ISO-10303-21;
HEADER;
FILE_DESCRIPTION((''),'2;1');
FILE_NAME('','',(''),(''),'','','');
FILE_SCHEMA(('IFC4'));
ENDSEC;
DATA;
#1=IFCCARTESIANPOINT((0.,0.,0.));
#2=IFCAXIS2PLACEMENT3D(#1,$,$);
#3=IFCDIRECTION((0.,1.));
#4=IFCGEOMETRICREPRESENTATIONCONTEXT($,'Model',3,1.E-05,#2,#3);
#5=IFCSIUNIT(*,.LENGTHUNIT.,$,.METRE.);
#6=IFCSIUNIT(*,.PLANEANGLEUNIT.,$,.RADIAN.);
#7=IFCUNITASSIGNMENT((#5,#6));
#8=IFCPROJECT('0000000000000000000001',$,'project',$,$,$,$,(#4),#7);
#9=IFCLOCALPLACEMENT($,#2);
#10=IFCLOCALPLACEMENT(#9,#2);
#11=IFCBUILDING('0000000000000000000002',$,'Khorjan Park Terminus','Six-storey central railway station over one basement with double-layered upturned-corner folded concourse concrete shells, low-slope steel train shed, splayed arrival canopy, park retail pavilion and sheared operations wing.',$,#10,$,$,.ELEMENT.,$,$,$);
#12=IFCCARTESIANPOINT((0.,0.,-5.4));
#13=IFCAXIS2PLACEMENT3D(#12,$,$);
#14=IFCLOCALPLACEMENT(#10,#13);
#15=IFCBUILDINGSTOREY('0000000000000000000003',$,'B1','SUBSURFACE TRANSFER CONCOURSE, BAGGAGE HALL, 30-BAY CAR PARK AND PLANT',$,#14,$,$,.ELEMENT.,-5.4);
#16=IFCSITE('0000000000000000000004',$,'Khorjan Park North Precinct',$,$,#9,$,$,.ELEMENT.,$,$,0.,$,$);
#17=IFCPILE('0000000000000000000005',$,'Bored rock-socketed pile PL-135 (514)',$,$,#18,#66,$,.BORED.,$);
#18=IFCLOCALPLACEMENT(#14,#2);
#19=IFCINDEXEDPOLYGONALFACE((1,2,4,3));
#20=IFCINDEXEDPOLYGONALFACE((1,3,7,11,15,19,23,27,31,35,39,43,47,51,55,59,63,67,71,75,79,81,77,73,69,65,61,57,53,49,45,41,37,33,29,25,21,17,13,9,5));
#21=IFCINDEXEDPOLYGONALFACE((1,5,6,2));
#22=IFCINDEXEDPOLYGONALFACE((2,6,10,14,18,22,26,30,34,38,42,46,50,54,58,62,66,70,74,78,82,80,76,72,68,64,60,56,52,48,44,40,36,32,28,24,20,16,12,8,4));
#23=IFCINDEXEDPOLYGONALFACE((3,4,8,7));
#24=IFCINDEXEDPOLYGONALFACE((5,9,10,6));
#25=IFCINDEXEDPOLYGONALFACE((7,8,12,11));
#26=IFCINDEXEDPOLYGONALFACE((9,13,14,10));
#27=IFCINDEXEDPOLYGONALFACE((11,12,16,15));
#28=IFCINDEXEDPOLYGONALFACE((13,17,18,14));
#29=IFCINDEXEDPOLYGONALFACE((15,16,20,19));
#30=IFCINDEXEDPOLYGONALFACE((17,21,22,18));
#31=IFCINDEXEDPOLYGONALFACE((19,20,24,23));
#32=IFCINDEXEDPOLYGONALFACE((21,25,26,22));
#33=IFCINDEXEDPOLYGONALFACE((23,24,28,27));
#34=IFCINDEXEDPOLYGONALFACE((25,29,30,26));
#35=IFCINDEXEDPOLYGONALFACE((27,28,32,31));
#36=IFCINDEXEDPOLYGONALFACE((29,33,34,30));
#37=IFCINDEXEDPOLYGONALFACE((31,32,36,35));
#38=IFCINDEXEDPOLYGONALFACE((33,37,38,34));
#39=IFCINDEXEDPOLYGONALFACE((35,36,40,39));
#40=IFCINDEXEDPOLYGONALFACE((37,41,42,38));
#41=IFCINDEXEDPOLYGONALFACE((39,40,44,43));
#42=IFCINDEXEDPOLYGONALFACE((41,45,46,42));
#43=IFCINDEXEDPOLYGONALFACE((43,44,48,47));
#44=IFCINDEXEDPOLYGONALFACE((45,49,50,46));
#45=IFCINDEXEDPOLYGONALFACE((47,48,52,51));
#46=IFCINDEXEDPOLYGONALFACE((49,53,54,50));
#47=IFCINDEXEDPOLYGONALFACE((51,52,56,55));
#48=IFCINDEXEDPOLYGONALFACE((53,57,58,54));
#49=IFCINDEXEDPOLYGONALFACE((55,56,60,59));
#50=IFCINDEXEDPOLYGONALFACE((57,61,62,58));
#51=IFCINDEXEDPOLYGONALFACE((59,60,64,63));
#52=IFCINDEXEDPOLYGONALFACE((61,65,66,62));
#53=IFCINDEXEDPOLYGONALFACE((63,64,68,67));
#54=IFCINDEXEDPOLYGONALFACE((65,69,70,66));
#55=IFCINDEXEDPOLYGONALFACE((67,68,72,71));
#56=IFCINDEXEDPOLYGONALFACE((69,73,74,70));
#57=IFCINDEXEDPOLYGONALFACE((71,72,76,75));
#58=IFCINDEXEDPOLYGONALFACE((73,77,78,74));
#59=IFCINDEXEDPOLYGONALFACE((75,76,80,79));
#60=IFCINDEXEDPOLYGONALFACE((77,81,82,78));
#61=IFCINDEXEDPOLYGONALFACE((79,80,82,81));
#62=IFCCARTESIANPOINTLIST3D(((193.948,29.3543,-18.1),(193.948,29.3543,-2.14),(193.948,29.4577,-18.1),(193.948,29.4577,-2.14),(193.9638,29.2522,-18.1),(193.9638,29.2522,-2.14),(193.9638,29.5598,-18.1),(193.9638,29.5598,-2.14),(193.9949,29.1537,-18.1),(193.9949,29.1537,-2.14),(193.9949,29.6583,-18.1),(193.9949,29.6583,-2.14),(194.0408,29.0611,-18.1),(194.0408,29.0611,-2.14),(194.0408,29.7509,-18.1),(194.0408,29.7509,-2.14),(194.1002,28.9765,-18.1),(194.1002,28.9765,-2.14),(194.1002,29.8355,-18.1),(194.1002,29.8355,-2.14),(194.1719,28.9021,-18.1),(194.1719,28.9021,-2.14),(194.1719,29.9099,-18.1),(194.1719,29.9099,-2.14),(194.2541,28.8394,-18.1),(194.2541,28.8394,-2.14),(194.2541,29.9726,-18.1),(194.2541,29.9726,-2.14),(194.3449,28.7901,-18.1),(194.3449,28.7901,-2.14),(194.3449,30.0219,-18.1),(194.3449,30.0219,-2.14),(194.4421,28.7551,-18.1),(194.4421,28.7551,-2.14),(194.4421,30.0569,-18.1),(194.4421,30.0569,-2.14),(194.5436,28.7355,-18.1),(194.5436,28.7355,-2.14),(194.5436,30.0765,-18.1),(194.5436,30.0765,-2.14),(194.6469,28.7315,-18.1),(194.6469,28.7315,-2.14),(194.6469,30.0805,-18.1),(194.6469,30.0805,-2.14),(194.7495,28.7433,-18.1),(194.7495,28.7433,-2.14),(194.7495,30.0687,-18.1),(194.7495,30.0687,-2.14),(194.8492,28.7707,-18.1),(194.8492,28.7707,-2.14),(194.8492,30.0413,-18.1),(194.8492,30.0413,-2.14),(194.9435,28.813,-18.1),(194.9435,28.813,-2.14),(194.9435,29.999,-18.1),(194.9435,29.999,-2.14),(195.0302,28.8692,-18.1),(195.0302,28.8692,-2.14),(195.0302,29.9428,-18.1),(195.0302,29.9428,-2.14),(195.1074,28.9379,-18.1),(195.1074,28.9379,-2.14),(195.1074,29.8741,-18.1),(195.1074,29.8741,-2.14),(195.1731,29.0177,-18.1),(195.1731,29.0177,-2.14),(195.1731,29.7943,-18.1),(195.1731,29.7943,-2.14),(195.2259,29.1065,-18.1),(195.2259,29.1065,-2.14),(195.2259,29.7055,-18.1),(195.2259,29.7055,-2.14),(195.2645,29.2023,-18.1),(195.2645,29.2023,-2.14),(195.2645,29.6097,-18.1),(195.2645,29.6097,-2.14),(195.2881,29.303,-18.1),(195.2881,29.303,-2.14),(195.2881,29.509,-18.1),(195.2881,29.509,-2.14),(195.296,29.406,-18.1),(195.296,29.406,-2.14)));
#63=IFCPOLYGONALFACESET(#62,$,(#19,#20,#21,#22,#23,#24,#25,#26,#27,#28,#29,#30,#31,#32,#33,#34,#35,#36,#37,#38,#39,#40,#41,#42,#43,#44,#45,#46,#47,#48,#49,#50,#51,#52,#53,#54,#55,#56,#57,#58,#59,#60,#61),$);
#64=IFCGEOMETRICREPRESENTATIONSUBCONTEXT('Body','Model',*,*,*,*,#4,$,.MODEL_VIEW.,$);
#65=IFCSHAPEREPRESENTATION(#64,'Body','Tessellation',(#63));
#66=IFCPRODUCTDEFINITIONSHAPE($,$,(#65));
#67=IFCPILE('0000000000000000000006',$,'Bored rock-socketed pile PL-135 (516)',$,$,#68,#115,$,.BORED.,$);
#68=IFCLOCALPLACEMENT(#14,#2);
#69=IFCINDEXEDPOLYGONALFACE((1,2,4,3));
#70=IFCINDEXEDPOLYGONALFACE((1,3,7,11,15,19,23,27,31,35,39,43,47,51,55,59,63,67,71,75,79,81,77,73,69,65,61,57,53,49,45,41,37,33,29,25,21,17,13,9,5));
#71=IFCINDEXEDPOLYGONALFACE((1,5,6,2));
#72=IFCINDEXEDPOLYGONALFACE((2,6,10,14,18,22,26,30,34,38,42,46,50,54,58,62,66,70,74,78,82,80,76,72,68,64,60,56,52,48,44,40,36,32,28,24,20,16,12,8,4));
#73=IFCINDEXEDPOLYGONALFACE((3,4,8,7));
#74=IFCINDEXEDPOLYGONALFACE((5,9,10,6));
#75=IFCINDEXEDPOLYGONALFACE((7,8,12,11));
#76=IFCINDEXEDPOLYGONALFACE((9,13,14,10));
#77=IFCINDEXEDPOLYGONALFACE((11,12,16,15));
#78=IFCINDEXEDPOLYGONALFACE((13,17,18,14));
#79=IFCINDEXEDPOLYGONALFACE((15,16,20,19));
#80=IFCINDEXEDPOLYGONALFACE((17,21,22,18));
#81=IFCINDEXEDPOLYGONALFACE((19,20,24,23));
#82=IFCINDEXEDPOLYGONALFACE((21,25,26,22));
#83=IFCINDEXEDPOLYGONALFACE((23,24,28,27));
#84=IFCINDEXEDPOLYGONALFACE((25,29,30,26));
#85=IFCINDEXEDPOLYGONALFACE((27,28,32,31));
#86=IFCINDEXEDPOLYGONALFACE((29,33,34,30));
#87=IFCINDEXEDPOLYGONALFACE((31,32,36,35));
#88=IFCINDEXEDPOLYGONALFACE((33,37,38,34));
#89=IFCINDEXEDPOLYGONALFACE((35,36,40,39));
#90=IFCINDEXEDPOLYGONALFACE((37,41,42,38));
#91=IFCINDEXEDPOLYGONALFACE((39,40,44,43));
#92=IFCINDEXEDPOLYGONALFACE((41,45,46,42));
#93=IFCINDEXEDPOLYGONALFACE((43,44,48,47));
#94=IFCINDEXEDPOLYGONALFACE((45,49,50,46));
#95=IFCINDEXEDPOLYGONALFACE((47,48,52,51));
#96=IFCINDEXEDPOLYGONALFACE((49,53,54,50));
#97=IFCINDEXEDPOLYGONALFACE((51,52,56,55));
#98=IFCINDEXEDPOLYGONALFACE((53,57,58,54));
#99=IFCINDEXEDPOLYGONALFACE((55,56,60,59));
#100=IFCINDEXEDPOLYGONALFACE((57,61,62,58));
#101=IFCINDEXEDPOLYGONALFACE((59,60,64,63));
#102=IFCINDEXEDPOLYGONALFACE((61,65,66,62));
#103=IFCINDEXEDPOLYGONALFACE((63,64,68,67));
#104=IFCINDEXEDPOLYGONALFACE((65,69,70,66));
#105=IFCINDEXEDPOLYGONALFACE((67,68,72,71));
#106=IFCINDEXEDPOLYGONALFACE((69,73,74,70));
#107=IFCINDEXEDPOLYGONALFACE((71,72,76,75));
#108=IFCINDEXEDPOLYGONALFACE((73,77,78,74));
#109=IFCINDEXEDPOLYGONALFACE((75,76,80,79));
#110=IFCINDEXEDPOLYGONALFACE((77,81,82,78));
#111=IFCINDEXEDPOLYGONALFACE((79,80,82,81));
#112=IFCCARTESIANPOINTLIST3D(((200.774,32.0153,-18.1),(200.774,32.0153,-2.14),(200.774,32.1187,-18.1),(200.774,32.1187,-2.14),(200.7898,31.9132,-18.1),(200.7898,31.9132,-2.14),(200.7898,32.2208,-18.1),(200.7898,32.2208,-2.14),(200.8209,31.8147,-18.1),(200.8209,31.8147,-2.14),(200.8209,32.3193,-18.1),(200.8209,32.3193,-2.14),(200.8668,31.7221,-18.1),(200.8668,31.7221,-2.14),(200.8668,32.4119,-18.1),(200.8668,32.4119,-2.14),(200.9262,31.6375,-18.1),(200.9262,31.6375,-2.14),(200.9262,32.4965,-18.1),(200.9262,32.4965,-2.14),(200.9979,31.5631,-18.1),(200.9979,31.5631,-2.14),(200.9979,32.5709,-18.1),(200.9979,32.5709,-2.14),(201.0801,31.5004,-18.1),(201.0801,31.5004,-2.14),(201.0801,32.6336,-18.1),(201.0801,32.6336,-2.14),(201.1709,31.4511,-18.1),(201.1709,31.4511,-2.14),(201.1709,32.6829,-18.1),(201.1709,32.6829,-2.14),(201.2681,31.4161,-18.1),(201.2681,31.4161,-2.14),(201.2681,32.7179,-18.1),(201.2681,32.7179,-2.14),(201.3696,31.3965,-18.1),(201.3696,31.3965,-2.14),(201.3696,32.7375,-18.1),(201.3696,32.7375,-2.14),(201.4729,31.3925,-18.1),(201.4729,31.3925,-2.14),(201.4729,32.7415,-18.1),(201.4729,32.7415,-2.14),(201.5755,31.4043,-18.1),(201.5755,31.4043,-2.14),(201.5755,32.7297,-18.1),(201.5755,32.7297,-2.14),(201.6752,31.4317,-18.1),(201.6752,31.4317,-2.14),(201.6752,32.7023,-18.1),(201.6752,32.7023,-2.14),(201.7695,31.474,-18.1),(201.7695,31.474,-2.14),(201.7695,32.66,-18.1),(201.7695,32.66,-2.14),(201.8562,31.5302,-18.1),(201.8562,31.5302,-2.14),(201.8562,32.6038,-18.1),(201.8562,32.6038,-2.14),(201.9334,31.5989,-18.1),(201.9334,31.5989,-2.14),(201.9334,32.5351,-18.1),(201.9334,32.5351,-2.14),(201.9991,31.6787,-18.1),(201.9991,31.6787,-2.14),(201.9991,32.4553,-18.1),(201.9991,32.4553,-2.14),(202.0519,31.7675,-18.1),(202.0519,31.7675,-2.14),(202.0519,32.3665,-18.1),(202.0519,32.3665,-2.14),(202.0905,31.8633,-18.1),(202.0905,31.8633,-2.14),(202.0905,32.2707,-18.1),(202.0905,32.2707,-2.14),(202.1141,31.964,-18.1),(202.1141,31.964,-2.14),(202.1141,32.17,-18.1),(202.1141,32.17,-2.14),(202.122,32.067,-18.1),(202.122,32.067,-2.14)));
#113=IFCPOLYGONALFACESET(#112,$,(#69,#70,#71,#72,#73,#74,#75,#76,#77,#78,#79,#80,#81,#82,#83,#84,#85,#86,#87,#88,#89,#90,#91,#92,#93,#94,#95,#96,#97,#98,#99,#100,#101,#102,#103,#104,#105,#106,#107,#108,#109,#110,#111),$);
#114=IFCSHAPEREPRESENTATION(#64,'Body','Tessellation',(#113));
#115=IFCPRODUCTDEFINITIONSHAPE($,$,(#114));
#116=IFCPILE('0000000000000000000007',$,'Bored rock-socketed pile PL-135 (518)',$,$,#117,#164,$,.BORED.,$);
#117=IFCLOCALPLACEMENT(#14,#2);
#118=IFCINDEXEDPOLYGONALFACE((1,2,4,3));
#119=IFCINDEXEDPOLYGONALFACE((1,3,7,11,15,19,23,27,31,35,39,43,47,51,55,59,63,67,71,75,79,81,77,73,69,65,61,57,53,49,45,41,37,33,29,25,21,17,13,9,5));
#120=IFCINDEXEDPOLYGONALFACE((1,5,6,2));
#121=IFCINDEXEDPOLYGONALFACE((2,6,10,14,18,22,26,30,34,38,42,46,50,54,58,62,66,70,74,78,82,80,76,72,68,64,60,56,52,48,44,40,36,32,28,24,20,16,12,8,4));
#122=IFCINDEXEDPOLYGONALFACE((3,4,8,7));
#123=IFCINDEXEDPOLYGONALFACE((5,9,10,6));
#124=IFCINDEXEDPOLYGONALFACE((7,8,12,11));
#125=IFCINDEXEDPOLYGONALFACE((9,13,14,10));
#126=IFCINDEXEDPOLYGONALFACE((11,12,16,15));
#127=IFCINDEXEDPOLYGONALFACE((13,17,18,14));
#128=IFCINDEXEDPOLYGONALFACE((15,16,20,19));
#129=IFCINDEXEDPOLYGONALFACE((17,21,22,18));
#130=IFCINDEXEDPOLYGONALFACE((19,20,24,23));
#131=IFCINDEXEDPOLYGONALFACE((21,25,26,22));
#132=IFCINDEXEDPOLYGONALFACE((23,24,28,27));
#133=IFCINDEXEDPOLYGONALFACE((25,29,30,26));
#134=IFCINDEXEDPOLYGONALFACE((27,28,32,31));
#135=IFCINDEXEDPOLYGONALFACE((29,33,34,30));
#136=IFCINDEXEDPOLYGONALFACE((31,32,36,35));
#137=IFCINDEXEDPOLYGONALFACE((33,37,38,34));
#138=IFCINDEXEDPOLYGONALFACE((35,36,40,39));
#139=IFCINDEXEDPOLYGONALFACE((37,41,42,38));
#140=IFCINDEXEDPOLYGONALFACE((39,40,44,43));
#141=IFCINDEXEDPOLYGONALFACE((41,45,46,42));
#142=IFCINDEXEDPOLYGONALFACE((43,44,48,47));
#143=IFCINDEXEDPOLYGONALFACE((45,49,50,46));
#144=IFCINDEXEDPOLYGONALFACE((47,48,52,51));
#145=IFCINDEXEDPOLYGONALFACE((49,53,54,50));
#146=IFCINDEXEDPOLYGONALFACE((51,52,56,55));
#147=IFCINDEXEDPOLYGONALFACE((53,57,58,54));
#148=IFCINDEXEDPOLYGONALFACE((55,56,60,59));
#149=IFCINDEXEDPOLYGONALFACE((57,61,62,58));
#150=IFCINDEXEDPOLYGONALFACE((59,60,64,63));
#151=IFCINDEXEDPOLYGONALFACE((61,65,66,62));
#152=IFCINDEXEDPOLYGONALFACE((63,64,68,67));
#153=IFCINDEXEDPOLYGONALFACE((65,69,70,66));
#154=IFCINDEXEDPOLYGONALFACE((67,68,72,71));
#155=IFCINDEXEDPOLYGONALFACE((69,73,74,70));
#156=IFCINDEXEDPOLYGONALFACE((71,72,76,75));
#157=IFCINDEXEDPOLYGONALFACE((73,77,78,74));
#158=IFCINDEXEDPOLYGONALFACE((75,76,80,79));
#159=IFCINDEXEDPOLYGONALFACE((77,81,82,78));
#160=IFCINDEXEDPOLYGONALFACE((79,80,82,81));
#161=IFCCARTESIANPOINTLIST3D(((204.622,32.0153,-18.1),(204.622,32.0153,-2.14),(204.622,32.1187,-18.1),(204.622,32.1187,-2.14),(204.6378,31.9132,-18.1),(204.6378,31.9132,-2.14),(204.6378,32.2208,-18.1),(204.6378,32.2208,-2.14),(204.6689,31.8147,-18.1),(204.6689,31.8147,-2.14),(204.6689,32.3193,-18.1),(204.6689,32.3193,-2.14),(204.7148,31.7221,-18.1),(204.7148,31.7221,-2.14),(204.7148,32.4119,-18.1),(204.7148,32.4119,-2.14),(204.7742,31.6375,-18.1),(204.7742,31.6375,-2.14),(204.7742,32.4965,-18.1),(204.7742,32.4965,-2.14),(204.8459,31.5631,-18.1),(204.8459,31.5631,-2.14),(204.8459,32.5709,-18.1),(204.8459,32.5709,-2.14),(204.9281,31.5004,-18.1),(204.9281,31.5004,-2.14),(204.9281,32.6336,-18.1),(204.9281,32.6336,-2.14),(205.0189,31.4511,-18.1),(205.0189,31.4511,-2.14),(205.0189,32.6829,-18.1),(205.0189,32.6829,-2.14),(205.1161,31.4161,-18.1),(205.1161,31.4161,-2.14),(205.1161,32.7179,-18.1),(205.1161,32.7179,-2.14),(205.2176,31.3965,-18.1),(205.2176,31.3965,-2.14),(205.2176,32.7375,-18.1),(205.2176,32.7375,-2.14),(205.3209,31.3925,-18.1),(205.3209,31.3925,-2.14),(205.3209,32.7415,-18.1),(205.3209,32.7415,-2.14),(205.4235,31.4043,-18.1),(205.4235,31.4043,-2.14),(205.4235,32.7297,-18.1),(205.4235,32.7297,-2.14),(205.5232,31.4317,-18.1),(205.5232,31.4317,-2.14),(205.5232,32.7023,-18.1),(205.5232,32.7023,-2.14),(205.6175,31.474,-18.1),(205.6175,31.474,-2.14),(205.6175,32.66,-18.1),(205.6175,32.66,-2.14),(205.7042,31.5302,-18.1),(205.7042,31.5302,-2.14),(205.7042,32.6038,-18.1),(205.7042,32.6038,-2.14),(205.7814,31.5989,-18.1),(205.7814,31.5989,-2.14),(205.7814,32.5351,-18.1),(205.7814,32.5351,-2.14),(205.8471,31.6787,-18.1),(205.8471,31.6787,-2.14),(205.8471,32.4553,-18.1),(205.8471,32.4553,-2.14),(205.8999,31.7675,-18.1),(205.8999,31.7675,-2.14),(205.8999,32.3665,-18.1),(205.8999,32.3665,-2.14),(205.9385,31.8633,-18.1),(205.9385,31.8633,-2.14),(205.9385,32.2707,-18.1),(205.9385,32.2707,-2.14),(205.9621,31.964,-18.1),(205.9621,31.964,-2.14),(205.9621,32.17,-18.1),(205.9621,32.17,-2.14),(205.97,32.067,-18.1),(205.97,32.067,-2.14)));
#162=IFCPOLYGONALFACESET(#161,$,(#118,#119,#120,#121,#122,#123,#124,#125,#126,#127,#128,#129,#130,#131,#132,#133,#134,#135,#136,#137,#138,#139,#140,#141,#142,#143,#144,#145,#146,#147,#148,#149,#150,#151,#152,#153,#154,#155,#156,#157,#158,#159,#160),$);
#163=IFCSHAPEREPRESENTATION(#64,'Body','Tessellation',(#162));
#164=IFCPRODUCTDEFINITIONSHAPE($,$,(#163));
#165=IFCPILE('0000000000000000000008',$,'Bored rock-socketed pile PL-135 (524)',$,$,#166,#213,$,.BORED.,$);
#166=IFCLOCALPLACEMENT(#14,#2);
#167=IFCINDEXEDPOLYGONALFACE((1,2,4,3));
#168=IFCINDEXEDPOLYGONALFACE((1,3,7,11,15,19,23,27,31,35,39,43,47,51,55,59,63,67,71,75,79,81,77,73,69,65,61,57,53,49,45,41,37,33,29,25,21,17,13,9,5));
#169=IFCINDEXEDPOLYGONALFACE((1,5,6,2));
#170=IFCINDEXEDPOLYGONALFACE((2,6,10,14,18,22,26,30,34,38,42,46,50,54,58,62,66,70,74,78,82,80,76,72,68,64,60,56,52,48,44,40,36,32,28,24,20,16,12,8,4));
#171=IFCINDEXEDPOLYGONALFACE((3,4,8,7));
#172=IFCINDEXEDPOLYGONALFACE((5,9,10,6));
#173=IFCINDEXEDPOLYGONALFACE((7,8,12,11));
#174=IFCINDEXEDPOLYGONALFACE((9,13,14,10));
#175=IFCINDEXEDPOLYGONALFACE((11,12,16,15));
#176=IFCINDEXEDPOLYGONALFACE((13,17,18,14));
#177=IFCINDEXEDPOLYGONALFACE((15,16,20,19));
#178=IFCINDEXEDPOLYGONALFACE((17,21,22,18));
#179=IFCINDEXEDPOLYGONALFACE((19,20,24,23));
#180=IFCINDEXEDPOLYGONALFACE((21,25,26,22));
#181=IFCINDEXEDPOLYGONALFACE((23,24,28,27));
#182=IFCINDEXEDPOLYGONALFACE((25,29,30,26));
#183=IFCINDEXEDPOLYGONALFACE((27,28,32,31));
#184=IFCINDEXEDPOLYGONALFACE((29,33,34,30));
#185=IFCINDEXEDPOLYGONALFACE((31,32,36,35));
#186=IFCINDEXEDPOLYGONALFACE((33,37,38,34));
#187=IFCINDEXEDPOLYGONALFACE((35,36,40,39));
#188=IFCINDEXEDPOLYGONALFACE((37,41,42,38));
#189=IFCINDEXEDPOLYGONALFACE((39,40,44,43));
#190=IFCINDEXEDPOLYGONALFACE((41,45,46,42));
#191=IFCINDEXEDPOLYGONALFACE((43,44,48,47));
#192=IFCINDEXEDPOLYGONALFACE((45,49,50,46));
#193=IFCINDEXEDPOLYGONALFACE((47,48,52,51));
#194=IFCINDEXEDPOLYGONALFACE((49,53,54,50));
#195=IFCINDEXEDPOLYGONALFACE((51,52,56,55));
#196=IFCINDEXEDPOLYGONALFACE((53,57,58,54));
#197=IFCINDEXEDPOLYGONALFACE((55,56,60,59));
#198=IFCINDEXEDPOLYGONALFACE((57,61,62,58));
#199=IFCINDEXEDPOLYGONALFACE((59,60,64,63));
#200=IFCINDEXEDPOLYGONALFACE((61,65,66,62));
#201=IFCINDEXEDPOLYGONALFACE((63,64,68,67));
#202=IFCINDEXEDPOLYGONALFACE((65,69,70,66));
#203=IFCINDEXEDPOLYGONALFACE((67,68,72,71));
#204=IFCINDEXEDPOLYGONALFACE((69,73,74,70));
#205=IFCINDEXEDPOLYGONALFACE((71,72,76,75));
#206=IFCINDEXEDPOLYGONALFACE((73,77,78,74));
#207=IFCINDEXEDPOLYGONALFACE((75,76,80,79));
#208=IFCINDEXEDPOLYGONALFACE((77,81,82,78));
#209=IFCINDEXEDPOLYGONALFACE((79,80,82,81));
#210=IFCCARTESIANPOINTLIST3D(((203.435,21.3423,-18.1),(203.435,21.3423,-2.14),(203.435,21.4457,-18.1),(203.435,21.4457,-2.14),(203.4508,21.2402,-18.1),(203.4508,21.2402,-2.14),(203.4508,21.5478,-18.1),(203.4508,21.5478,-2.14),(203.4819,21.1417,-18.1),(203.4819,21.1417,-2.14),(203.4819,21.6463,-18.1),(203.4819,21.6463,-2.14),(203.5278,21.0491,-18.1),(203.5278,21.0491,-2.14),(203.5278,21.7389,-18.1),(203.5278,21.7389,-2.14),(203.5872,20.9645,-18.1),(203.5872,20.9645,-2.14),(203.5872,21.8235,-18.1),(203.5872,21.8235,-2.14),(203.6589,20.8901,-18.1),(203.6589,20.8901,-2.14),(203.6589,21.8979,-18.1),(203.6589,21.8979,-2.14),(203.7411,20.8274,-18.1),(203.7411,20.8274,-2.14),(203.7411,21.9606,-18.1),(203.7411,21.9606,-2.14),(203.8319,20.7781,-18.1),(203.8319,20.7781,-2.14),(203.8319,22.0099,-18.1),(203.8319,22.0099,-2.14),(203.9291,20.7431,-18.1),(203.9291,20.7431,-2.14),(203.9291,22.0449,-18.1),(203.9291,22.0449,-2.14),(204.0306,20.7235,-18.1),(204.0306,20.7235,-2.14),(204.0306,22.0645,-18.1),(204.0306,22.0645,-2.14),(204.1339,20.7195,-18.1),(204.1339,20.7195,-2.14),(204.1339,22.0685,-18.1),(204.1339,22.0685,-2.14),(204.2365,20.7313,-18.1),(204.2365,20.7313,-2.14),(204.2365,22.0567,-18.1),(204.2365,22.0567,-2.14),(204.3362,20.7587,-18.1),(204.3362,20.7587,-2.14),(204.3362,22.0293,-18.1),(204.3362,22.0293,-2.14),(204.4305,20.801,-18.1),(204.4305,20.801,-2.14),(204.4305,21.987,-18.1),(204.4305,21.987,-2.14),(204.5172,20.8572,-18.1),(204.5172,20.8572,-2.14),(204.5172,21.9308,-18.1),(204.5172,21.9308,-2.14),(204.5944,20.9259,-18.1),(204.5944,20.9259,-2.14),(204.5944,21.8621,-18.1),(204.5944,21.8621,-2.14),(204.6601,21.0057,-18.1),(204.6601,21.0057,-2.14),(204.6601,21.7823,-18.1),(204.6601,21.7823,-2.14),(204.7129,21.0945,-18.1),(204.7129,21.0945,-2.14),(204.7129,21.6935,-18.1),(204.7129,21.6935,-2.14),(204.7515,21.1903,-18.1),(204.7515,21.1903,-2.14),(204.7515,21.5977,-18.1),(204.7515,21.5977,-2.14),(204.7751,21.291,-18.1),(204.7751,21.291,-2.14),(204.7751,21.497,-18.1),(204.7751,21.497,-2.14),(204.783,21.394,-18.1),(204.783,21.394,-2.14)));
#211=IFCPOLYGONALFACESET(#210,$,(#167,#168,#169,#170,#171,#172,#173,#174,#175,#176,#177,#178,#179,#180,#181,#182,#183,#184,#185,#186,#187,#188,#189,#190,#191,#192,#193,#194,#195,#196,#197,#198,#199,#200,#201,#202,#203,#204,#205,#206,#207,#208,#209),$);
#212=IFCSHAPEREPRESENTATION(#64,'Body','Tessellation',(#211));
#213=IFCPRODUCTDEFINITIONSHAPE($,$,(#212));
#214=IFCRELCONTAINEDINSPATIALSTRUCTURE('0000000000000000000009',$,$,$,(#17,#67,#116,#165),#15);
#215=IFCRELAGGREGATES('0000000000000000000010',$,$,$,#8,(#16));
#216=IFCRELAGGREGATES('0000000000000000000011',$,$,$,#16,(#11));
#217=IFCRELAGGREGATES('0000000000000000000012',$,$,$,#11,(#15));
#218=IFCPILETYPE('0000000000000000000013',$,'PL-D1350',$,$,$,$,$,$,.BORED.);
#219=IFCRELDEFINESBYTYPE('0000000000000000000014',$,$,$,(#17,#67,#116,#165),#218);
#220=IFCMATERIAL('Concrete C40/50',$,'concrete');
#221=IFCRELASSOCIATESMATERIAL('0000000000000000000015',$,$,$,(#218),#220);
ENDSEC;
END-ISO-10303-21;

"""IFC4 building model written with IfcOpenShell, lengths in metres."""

from ifc_helpers import new_model, si_unit, direction, frame, origin, origin_2d, place, context, subcontext, project, spatial, circle, extrude, material, material_profile, profile_set, type_object, element, save


model = new_model("IFC4")

# Units and contexts
model_context = context("Model", 3, precision=1e-05, world=origin(), true_north=direction((0.0, 1.0)))
body_context = subcontext(model_context, "Body", "Model", "MODEL_VIEW")
ifc_project = project(units=[si_unit("LENGTHUNIT", "METRE"), si_unit("PLANEANGLEUNIT", "RADIAN")], contexts=[model_context])

# Site, building, storey
site_placement = place(None, origin())
site = spatial("IfcSite", under=ifc_project, at=site_placement, Name="Khorjan Park North Precinct", CompositionType="ELEMENT", RefElevation=0.0)
building_placement = place(site_placement, origin())
building = spatial("IfcBuilding", under=site, at=building_placement, Name="Khorjan Park Terminus", Description="Six-storey central railway station over one basement with double-layered upturned-corner folded concourse concrete shells, low-slope steel train shed, splayed arrival canopy, park retail pavilion and sheared operations wing.", CompositionType="ELEMENT")
storey_placement = place(building_placement, frame((0.0, 0.0, -5.4)))
storey = spatial("IfcBuildingStorey", under=building, at=storey_placement, Name="B1", Description="SUBSURFACE TRANSFER CONCOURSE, BAGGAGE HALL, 30-BAY CAR PARK AND PLANT", CompositionType="ELEMENT", Elevation=-5.4)

# Piles
ifc_material_1 = material(Name="Concrete C40/50", Category="concrete")
ifc_material_profile_1 = material_profile(ifc_material_1, circle(Radius=0.675, at=origin_2d()), Name="BORED D1350")
ifc_profile_set_1 = profile_set([ifc_material_profile_1], Name="Concrete C40/50")
pile_type = type_object("IfcPileType", Name="PL-D1350", PredefinedType="BORED", material=ifc_profile_set_1)
for number, where, z_axis, x_axis, name in (
    (1, (194.621, 29.406, -2.14), (0.0, 0.0, -1.0), (1.0, 0.0, 0.0), "Bored rock-socketed pile PL-135 (514)"),
    (2, (201.447, 32.067, -2.14), (0.0, 0.0, -1.0), (1.0, 0.0, 0.0), "Bored rock-socketed pile PL-135 (516)"),
    (3, (205.295, 32.067, -2.14), (0.0, 0.0, -1.0), (1.0, 0.0, 0.0), "Bored rock-socketed pile PL-135 (518)"),
    (4, (204.108, 21.394, -2.14), (0.0, 0.0, -1.0), (1.0, 0.0, 0.0), "Bored rock-socketed pile PL-135 (524)"),
):
    element("IfcPile", number, at=place(storey_placement, frame(where, z_axis=z_axis, x_axis=x_axis)), inside=storey, type_object=pile_type, Name=name, PredefinedType="BORED", context=body_context, shape_type="SweptSolid", body=[
        extrude(circle(Radius=0.675, at=origin_2d()), origin(), (0.0, 0.0, 1.0), 15.96),
    ])

save(model, "model.ifc")
